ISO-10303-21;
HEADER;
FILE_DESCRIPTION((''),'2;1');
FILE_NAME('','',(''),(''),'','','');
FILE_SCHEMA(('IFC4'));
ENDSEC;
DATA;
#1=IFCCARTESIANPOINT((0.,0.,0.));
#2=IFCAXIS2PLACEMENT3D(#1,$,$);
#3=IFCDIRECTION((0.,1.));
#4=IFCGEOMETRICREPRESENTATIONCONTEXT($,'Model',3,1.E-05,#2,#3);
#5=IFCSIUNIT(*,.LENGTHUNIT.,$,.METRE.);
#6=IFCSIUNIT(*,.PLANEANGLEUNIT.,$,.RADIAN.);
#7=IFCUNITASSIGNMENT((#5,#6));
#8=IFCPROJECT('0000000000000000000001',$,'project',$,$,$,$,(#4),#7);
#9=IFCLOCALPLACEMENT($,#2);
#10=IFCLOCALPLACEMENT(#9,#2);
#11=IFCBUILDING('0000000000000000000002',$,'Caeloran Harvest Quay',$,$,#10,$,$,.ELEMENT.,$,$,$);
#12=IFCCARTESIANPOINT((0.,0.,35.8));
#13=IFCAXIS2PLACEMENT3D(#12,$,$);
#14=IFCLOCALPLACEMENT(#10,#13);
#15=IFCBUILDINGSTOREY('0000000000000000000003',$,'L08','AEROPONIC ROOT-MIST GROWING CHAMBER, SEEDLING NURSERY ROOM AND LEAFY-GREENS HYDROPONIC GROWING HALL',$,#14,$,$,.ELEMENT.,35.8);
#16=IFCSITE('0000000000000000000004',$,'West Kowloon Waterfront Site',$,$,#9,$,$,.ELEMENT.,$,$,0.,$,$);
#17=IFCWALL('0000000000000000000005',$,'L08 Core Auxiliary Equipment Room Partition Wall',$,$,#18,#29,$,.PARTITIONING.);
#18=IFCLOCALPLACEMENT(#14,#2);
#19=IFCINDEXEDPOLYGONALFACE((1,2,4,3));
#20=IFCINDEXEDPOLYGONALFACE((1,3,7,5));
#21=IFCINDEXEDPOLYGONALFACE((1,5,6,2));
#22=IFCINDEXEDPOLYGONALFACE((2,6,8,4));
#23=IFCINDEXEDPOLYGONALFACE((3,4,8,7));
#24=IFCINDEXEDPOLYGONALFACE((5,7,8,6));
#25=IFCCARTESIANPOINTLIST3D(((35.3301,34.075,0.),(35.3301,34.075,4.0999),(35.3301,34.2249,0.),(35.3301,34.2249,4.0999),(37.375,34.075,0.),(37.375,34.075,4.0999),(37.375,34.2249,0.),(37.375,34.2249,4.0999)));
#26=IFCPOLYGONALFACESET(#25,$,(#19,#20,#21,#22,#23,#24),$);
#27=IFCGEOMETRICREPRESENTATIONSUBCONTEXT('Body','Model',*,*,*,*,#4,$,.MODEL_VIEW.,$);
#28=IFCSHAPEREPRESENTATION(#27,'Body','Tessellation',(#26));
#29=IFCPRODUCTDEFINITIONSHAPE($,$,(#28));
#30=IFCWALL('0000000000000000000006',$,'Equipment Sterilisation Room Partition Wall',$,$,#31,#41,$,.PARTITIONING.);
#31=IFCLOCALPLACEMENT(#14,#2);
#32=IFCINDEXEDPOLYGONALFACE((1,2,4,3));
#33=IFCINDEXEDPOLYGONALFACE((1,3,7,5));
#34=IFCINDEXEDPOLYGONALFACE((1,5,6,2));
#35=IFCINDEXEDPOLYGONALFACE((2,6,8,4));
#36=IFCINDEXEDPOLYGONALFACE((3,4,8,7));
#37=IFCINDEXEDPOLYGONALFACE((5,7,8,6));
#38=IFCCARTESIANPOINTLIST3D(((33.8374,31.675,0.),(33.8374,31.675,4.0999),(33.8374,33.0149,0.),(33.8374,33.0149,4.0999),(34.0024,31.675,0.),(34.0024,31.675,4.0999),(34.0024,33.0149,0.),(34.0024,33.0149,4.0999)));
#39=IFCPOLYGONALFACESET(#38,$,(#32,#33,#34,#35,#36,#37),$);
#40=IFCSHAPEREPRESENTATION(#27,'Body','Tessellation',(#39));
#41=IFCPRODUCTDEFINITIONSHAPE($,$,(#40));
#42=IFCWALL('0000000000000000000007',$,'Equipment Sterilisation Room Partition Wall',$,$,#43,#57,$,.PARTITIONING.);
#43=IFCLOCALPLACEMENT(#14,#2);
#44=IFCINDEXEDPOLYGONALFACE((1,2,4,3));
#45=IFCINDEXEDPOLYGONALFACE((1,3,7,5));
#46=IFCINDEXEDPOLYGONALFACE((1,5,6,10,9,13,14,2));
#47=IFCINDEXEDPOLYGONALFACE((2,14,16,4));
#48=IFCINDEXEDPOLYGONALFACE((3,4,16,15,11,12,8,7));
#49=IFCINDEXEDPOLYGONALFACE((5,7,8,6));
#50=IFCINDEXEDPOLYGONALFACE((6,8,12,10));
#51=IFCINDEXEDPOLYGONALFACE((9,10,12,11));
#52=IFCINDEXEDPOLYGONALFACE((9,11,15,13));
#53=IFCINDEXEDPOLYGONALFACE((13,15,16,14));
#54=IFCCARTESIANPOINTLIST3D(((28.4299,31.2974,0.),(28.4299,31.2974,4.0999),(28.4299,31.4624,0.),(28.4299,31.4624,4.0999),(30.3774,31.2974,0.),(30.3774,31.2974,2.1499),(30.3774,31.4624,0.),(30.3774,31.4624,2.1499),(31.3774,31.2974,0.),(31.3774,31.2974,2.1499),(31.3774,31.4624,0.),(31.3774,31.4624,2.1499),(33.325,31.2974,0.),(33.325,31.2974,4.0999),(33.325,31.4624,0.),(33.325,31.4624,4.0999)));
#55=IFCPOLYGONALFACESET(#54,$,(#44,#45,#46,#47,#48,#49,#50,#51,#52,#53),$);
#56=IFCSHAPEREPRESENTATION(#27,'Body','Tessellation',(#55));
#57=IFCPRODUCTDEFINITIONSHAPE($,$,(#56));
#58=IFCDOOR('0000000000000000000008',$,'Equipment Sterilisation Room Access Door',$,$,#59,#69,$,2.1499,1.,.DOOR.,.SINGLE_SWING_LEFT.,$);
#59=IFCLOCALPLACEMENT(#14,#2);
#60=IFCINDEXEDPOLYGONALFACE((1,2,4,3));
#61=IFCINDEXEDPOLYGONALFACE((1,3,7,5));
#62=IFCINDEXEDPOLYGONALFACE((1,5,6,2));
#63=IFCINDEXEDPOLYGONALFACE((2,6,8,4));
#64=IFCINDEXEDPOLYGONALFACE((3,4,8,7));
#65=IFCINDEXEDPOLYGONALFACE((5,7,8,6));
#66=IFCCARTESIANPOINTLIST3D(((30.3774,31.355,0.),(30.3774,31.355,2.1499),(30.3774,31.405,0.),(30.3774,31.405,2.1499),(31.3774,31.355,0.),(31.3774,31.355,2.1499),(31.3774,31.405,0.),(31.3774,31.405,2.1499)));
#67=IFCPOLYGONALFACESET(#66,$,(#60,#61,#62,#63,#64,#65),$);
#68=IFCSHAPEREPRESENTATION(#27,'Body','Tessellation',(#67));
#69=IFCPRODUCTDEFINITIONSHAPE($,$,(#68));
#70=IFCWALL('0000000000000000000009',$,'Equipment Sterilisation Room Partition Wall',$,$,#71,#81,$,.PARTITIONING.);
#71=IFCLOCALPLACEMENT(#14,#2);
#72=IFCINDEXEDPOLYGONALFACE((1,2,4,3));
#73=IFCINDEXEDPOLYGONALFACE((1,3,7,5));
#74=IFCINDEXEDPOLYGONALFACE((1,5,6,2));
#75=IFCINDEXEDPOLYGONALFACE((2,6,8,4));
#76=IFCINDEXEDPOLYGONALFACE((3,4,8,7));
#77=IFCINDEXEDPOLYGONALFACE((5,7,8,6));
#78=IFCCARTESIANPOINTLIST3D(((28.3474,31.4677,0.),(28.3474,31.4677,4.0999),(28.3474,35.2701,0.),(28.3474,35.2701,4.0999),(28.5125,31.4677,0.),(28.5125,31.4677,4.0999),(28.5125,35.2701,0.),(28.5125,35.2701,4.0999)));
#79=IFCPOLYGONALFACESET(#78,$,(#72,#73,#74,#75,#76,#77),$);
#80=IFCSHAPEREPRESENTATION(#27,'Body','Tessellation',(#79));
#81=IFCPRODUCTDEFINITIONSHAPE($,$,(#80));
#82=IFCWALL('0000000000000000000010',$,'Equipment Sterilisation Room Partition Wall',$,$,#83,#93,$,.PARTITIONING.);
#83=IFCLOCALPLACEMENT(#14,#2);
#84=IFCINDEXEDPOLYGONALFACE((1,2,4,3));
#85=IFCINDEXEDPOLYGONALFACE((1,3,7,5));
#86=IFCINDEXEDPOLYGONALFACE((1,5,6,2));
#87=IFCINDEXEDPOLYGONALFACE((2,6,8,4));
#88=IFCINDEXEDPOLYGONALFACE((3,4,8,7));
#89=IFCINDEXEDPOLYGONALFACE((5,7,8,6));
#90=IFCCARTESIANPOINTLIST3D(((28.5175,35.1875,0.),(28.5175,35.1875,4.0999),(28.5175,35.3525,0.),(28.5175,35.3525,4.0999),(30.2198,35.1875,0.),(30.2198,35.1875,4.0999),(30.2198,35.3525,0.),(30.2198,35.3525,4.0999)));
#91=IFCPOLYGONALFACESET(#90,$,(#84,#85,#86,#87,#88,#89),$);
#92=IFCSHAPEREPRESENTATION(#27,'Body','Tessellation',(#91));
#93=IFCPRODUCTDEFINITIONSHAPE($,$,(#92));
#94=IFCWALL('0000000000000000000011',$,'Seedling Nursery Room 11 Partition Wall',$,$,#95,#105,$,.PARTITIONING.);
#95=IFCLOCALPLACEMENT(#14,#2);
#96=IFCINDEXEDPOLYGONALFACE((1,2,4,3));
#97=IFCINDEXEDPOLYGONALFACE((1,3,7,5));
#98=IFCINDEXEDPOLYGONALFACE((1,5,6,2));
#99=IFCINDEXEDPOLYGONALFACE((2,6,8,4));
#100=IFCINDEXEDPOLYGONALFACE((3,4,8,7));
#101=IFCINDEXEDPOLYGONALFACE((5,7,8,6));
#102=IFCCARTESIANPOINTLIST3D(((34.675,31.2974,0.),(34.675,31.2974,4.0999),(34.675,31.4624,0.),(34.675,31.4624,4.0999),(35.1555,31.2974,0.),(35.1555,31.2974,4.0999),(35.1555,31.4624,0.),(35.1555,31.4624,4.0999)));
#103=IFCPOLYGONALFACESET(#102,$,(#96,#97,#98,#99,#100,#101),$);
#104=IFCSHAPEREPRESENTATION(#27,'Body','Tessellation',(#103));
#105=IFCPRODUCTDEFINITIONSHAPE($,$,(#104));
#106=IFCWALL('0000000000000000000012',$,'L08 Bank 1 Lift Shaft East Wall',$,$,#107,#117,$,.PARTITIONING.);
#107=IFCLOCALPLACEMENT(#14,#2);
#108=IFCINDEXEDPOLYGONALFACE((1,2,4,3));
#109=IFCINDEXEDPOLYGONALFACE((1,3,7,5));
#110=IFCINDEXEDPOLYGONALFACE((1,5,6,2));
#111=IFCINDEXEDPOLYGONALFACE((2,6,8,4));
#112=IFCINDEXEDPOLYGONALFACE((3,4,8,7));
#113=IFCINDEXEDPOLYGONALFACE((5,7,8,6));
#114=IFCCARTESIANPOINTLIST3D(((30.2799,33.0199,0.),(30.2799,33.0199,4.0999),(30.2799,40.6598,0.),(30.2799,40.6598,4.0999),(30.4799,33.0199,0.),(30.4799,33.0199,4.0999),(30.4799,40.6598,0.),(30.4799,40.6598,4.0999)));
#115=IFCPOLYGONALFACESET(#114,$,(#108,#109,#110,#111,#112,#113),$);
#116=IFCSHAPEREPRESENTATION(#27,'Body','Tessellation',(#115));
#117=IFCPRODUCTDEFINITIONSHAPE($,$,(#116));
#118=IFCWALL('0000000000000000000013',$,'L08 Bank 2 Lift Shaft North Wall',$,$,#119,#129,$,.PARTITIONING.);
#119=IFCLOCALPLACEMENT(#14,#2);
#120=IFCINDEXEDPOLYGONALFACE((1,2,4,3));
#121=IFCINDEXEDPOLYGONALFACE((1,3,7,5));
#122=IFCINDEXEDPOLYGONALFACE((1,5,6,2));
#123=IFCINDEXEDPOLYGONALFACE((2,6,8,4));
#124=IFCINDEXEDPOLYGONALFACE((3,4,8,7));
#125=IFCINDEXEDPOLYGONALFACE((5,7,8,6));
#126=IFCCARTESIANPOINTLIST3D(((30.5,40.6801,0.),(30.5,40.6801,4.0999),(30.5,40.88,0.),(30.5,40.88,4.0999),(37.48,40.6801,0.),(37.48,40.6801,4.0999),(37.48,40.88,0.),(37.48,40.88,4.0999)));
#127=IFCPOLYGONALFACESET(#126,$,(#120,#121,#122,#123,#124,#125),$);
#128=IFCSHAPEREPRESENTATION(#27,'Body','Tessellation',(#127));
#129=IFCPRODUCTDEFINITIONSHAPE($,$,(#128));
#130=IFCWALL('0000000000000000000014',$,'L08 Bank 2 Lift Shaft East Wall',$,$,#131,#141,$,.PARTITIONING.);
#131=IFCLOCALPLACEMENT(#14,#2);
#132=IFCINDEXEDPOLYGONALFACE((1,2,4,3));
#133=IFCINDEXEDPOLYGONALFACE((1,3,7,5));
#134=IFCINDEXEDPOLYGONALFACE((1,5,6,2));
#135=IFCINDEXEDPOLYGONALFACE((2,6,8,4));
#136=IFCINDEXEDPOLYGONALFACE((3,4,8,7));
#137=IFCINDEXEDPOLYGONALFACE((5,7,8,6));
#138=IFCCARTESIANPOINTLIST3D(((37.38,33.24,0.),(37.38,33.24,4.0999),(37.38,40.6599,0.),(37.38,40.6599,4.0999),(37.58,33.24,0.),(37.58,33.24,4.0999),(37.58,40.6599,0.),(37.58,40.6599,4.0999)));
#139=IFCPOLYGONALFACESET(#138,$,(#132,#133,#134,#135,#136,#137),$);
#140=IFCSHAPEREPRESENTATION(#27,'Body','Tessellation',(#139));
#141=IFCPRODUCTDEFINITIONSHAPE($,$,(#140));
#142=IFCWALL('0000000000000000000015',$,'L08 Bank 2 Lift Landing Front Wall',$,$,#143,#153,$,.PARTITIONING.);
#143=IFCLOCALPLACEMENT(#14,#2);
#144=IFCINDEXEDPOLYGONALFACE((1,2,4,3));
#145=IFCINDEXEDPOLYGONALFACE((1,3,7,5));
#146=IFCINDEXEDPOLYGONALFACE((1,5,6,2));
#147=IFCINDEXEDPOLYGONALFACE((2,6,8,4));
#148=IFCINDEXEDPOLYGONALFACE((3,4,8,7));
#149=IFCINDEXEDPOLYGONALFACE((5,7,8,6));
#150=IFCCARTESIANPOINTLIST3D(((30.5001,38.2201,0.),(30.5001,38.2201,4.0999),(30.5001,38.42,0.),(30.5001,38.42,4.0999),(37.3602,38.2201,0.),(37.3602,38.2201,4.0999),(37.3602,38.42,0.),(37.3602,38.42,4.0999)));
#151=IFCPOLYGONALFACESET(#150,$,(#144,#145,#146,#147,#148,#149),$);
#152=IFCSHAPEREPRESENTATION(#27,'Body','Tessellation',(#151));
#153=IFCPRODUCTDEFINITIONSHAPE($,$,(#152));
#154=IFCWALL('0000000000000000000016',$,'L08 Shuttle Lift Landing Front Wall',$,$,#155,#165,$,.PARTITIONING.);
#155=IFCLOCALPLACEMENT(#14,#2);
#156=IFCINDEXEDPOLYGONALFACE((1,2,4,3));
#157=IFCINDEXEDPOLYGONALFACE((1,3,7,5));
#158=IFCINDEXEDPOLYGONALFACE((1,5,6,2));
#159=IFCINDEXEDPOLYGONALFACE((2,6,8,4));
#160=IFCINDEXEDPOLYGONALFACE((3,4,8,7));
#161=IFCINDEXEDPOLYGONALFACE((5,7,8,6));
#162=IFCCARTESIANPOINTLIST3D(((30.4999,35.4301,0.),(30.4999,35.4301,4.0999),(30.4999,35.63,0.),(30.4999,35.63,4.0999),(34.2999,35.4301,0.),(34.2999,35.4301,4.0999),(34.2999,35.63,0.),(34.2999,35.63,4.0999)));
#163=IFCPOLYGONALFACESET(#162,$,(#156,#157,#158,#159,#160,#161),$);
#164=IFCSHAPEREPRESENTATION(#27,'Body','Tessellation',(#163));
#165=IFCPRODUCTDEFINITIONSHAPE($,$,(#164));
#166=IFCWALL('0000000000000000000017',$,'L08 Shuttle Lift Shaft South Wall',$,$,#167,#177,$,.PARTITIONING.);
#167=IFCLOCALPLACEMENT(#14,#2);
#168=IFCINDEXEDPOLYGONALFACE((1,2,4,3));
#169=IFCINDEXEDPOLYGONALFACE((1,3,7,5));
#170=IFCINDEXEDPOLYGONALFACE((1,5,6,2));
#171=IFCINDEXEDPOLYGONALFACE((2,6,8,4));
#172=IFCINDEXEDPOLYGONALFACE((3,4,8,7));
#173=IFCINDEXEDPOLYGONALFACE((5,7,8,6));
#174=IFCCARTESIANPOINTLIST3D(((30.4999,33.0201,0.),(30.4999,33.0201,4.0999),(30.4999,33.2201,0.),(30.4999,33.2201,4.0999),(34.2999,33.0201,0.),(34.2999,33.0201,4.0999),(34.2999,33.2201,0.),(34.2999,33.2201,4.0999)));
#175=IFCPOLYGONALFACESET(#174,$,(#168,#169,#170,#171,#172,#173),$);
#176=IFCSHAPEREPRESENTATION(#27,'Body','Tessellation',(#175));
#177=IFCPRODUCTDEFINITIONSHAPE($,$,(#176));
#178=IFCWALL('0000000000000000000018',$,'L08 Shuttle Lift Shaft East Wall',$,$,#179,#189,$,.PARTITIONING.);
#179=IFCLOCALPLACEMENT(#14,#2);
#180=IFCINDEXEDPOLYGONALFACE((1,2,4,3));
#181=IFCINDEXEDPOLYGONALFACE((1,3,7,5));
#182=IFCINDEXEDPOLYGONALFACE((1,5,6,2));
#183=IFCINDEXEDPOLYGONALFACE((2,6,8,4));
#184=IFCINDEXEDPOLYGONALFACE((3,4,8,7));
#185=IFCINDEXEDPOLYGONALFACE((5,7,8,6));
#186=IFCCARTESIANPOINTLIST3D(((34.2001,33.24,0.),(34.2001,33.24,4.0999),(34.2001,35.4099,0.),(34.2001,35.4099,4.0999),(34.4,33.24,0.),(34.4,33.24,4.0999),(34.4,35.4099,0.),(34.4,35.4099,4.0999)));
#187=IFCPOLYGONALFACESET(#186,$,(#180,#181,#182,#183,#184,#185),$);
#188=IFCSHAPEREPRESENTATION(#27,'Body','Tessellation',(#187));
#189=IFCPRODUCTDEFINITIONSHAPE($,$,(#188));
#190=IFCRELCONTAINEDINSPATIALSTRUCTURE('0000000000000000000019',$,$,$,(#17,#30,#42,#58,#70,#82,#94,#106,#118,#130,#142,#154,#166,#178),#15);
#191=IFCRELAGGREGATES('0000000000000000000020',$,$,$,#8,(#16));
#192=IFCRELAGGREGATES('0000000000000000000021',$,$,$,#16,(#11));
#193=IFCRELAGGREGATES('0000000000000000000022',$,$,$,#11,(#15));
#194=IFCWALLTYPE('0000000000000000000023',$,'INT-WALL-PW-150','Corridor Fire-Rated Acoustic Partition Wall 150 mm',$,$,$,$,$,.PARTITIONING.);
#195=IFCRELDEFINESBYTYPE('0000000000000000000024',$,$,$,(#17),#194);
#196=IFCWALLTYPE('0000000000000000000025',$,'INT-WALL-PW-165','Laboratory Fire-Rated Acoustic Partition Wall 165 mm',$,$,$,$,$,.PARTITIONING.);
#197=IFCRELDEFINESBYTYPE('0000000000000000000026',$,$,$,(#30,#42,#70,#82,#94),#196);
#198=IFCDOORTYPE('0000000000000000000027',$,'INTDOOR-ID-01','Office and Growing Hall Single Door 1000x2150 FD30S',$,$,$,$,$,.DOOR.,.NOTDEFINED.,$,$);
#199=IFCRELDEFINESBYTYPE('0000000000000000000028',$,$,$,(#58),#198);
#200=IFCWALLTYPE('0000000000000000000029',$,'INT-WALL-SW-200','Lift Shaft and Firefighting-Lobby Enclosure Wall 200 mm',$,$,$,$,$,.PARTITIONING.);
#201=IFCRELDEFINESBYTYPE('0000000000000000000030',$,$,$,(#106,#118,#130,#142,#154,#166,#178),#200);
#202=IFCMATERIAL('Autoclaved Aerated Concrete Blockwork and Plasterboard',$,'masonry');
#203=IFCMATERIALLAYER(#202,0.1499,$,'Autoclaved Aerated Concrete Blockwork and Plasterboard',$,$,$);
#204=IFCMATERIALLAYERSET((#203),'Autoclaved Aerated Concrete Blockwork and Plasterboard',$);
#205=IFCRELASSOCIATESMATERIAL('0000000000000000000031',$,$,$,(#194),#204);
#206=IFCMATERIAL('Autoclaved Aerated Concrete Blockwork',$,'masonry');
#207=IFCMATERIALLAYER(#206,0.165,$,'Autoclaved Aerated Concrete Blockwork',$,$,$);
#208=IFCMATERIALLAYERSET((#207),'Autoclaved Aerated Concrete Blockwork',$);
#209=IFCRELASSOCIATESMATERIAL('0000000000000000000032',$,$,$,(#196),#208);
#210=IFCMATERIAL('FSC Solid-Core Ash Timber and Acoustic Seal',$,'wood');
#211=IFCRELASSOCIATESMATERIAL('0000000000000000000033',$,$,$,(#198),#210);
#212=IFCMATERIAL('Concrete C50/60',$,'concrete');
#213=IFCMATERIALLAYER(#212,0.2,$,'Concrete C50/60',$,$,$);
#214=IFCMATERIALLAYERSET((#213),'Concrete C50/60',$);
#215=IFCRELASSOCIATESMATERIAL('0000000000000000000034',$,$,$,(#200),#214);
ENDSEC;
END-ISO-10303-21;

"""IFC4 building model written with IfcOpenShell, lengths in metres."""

from ifc_helpers import new_model, si_unit, direction, frame, frame_2d, origin, place, context, subcontext, project, spatial, rectangle, extrude, material, layer, layer_set, type_object, element, fill, save


model = new_model("IFC4")

# Units and contexts
model_context = context("Model", 3, precision=1e-05, world=origin(), true_north=direction((0.0, 1.0)))
body_context = subcontext(model_context, "Body", "Model", "MODEL_VIEW")
ifc_project = project(units=[si_unit("LENGTHUNIT", "METRE"), si_unit("PLANEANGLEUNIT", "RADIAN")], contexts=[model_context])

# Site, building, storey
site_placement = place(None, origin())
site = spatial("IfcSite", under=ifc_project, at=site_placement, Name="West Kowloon Waterfront Site", CompositionType="ELEMENT", RefElevation=0.0)
building_placement = place(site_placement, origin())
building = spatial("IfcBuilding", under=site, at=building_placement, Name="Caeloran Harvest Quay", CompositionType="ELEMENT")
storey_placement = place(building_placement, frame((0.0, 0.0, 35.8)))
storey = spatial("IfcBuildingStorey", under=building, at=storey_placement, Name="L08", Description="AEROPONIC ROOT-MIST GROWING CHAMBER, SEEDLING NURSERY ROOM AND LEAFY-GREENS HYDROPONIC GROWING HALL", CompositionType="ELEMENT", Elevation=35.8)

# Shared definitions
ifc_material_1 = material(Name="Autoclaved Aerated Concrete Blockwork and Plasterboard", Category="masonry")
ifc_layer_1 = layer(ifc_material_1, 0.1499, Name="Autoclaved Aerated Concrete Blockwork and Plasterboard")
ifc_layer_set_1 = layer_set([ifc_layer_1], Name="Autoclaved Aerated Concrete Blockwork and Plasterboard")
wall_type_1 = type_object("IfcWallType", Name="INT-WALL-PW-150", Description="Corridor Fire-Rated Acoustic Partition Wall 150 mm", PredefinedType="PARTITIONING", material=ifc_layer_set_1)

# Walls
wall_1_placement = place(storey_placement, frame((35.3301, 34.1499, 0.0), z_axis=(0.0, 0.0, 1.0), x_axis=(1.0, 0.0, 0.0)))
element("IfcWall", 1, at=wall_1_placement, inside=storey, type_object=wall_type_1, Name="L08 Core Auxiliary Equipment Room Partition Wall", PredefinedType="PARTITIONING", context=body_context, shape_type="SweptSolid", body=[
    extrude(rectangle(XDim=2.0449, YDim=0.1499, at=frame_2d((1.0225, 0.0))), origin(), (0.0, 0.0, 1.0), 4.0999),
])
ifc_material_2 = material(Name="Autoclaved Aerated Concrete Blockwork", Category="masonry")
ifc_layer_2 = layer(ifc_material_2, 0.165, Name="Autoclaved Aerated Concrete Blockwork")
ifc_layer_set_2 = layer_set([ifc_layer_2], Name="Autoclaved Aerated Concrete Blockwork")
wall_type_2 = type_object("IfcWallType", Name="INT-WALL-PW-165", Description="Laboratory Fire-Rated Acoustic Partition Wall 165 mm", PredefinedType="PARTITIONING", material=ifc_layer_set_2)
wall_2_placement = place(storey_placement, frame((33.9199, 33.0149, 0.0), z_axis=(0.0, 0.0, 1.0), x_axis=(0.0, -1.0, 0.0)))
element("IfcWall", 2, at=wall_2_placement, inside=storey, type_object=wall_type_2, Name="Equipment Sterilisation Room Partition Wall", PredefinedType="PARTITIONING", context=body_context, shape_type="SweptSolid", body=[
    extrude(rectangle(XDim=1.3398, YDim=0.165, at=frame_2d((0.6699, 0.0))), origin(), (0.0, 0.0, 1.0), 4.0999),
])

# Wall, opening, door
wall_3_placement = place(storey_placement, frame((33.325, 31.3799, 0.0), z_axis=(0.0, 0.0, 1.0), x_axis=(-1.0, 0.0, 0.0)))
wall_3 = element("IfcWall", 3, at=wall_3_placement, inside=storey, type_object=wall_type_2, Name="Equipment Sterilisation Room Partition Wall", PredefinedType="PARTITIONING", context=body_context, shape_type="SweptSolid", body=[
    extrude(rectangle(XDim=4.895, YDim=0.165, at=frame_2d((2.4475, 0.0))), origin(), (0.0, 0.0, 1.0), 4.0999),
])
opening_1_placement = place(wall_3_placement, frame((1.9475, 0.0, 0.0)))
opening_1 = element("IfcOpeningElement", 4, at=opening_1_placement, cuts=wall_3, PredefinedType="OPENING", context=body_context, shape_type="SweptSolid", body=[
    extrude(rectangle(XDim=1.0, YDim=2.1499, at=frame_2d((0.5, 1.075))), frame((0.0, 0.0925, 0.0), z_axis=(0.0, -1.0, 0.0), x_axis=(1.0, 0.0, 0.0)), (0.0, 0.0, 1.0), 0.1851),
])
ifc_material_3 = material(Name="FSC Solid-Core Ash Timber and Acoustic Seal", Category="wood")
door_type_1 = type_object("IfcDoorType", Name="INTDOOR-ID-01", Description="Office and Growing Hall Single Door 1000x2150 FD30S", OperationType="NOTDEFINED", PredefinedType="DOOR", material=ifc_material_3)
door_1_placement = place(opening_1_placement, origin())
door_1 = element("IfcDoor", 5, at=door_1_placement, inside=storey, type_object=door_type_1, Name="Equipment Sterilisation Room Access Door", OperationType="SINGLE_SWING_LEFT", OverallHeight=2.1499, OverallWidth=1.0, PredefinedType="DOOR", context=body_context, shape_type="SweptSolid", body=[
    extrude(rectangle(XDim=1.0, YDim=2.1499, at=frame_2d((0.5, 1.075))), frame((0.0, 0.0249, 0.0), z_axis=(0.0, -1.0, 0.0), x_axis=(1.0, 0.0, 0.0)), (0.0, 0.0, 1.0), 0.05),
])
fill(opening_1, door_1)

# Walls
wall_4_placement = place(storey_placement, frame((28.4299, 31.4675, 0.0), z_axis=(0.0, 0.0, 1.0), x_axis=(0.0, 1.0, 0.0)))
element("IfcWall", 6, at=wall_4_placement, inside=storey, type_object=wall_type_2, Name="Equipment Sterilisation Room Partition Wall", PredefinedType="PARTITIONING", context=body_context, shape_type="SweptSolid", body=[
    extrude(rectangle(XDim=3.8025, YDim=0.165, at=frame_2d((1.9014, 0.0))), origin(), (0.0, 0.0, 1.0), 4.0999),
])
wall_5_placement = place(storey_placement, frame((28.5176, 35.27, 0.0), z_axis=(0.0, 0.0, 1.0), x_axis=(1.0, 0.0, 0.0)))
element("IfcWall", 7, at=wall_5_placement, inside=storey, type_object=wall_type_2, Name="Equipment Sterilisation Room Partition Wall", PredefinedType="PARTITIONING", context=body_context, shape_type="SweptSolid", body=[
    extrude(rectangle(XDim=1.7024, YDim=0.165, at=frame_2d((0.8511, 0.0))), origin(), (0.0, 0.0, 1.0), 4.0999),
])

# Walls
wall_6_placement = place(storey_placement, frame((35.1555, 31.3799, 0.0), z_axis=(0.0, 0.0, 1.0), x_axis=(-1.0, 0.0, 0.0)))
element("IfcWall", 8, at=wall_6_placement, inside=storey, type_object=wall_type_2, Name="Seedling Nursery Room 11 Partition Wall", PredefinedType="PARTITIONING", context=body_context, shape_type="SweptSolid", body=[
    extrude(rectangle(XDim=0.4805, YDim=0.165, at=frame_2d((0.2402, 0.0))), origin(), (0.0, 0.0, 1.0), 4.0999),
])
ifc_material_4 = material(Name="Concrete C50/60", Category="concrete")
ifc_layer_3 = layer(ifc_material_4, 0.2, Name="Concrete C50/60")
ifc_layer_set_3 = layer_set([ifc_layer_3], Name="Concrete C50/60")
wall_type_3 = type_object("IfcWallType", Name="INT-WALL-SW-200", Description="Lift Shaft and Firefighting-Lobby Enclosure Wall 200 mm", PredefinedType="PARTITIONING", material=ifc_layer_set_3)
wall_7_placement = place(storey_placement, frame((30.3799, 33.02, 0.0), z_axis=(0.0, 0.0, 1.0), x_axis=(0.0, 1.0, 0.0)))
element("IfcWall", 9, at=wall_7_placement, inside=storey, type_object=wall_type_3, Name="L08 Bank 1 Lift Shaft East Wall", PredefinedType="PARTITIONING", context=body_context, shape_type="SweptSolid", body=[
    extrude(rectangle(XDim=7.6399, YDim=0.2, at=frame_2d((3.8198, 0.0))), origin(), (0.0, 0.0, 1.0), 4.0999),
])
wall_8_placement = place(storey_placement, frame((30.5, 40.78, 0.0), z_axis=(0.0, 0.0, 1.0), x_axis=(1.0, 0.0, 0.0)))
element("IfcWall", 10, at=wall_8_placement, inside=storey, type_object=wall_type_3, Name="L08 Bank 2 Lift Shaft North Wall", PredefinedType="PARTITIONING", context=body_context, shape_type="SweptSolid", body=[
    extrude(rectangle(XDim=6.98, YDim=0.2, at=frame_2d((3.49, 0.0))), origin(), (0.0, 0.0, 1.0), 4.0999),
])
wall_9_placement = place(storey_placement, frame((37.48, 33.24, 0.0), z_axis=(0.0, 0.0, 1.0), x_axis=(0.0, 1.0, 0.0)))
element("IfcWall", 11, at=wall_9_placement, inside=storey, type_object=wall_type_3, Name="L08 Bank 2 Lift Shaft East Wall", PredefinedType="PARTITIONING", context=body_context, shape_type="SweptSolid", body=[
    extrude(rectangle(XDim=7.4199, YDim=0.2, at=frame_2d((3.71, 0.0))), origin(), (0.0, 0.0, 1.0), 4.0999),
])
wall_10_placement = place(storey_placement, frame((30.5, 38.3201, 0.0), z_axis=(0.0, 0.0, 1.0), x_axis=(1.0, 0.0, 0.0)))
element("IfcWall", 12, at=wall_10_placement, inside=storey, type_object=wall_type_3, Name="L08 Bank 2 Lift Landing Front Wall", PredefinedType="PARTITIONING", context=body_context, shape_type="SweptSolid", body=[
    extrude(rectangle(XDim=6.8601, YDim=0.2, at=frame_2d((3.4302, 0.0))), origin(), (0.0, 0.0, 1.0), 4.0999),
])
for number, where, z_axis, x_axis, name in (
    (13, (30.5, 35.53, 0.0), (0.0, 0.0, 1.0), (1.0, 0.0, 0.0), "L08 Shuttle Lift Landing Front Wall"),
    (14, (30.5, 33.1201, 0.0), (0.0, 0.0, 1.0), (1.0, 0.0, 0.0), "L08 Shuttle Lift Shaft South Wall"),
):
    element("IfcWall", number, at=place(storey_placement, frame(where, z_axis=z_axis, x_axis=x_axis)), inside=storey, type_object=wall_type_3, Name=name, PredefinedType="PARTITIONING", context=body_context, shape_type="SweptSolid", body=[
        extrude(rectangle(XDim=3.8, YDim=0.2, at=frame_2d((1.8999, 0.0))), origin(), (0.0, 0.0, 1.0), 4.0999),
    ])
wall_11_placement = place(storey_placement, frame((34.3, 33.24, 0.0), z_axis=(0.0, 0.0, 1.0), x_axis=(0.0, 1.0, 0.0)))
element("IfcWall", 15, at=wall_11_placement, inside=storey, type_object=wall_type_3, Name="L08 Shuttle Lift Shaft East Wall", PredefinedType="PARTITIONING", context=body_context, shape_type="SweptSolid", body=[
    extrude(rectangle(XDim=2.1699, YDim=0.2, at=frame_2d((1.085, 0.0))), origin(), (0.0, 0.0, 1.0), 4.0999),
])

save(model, "model.ifc")
